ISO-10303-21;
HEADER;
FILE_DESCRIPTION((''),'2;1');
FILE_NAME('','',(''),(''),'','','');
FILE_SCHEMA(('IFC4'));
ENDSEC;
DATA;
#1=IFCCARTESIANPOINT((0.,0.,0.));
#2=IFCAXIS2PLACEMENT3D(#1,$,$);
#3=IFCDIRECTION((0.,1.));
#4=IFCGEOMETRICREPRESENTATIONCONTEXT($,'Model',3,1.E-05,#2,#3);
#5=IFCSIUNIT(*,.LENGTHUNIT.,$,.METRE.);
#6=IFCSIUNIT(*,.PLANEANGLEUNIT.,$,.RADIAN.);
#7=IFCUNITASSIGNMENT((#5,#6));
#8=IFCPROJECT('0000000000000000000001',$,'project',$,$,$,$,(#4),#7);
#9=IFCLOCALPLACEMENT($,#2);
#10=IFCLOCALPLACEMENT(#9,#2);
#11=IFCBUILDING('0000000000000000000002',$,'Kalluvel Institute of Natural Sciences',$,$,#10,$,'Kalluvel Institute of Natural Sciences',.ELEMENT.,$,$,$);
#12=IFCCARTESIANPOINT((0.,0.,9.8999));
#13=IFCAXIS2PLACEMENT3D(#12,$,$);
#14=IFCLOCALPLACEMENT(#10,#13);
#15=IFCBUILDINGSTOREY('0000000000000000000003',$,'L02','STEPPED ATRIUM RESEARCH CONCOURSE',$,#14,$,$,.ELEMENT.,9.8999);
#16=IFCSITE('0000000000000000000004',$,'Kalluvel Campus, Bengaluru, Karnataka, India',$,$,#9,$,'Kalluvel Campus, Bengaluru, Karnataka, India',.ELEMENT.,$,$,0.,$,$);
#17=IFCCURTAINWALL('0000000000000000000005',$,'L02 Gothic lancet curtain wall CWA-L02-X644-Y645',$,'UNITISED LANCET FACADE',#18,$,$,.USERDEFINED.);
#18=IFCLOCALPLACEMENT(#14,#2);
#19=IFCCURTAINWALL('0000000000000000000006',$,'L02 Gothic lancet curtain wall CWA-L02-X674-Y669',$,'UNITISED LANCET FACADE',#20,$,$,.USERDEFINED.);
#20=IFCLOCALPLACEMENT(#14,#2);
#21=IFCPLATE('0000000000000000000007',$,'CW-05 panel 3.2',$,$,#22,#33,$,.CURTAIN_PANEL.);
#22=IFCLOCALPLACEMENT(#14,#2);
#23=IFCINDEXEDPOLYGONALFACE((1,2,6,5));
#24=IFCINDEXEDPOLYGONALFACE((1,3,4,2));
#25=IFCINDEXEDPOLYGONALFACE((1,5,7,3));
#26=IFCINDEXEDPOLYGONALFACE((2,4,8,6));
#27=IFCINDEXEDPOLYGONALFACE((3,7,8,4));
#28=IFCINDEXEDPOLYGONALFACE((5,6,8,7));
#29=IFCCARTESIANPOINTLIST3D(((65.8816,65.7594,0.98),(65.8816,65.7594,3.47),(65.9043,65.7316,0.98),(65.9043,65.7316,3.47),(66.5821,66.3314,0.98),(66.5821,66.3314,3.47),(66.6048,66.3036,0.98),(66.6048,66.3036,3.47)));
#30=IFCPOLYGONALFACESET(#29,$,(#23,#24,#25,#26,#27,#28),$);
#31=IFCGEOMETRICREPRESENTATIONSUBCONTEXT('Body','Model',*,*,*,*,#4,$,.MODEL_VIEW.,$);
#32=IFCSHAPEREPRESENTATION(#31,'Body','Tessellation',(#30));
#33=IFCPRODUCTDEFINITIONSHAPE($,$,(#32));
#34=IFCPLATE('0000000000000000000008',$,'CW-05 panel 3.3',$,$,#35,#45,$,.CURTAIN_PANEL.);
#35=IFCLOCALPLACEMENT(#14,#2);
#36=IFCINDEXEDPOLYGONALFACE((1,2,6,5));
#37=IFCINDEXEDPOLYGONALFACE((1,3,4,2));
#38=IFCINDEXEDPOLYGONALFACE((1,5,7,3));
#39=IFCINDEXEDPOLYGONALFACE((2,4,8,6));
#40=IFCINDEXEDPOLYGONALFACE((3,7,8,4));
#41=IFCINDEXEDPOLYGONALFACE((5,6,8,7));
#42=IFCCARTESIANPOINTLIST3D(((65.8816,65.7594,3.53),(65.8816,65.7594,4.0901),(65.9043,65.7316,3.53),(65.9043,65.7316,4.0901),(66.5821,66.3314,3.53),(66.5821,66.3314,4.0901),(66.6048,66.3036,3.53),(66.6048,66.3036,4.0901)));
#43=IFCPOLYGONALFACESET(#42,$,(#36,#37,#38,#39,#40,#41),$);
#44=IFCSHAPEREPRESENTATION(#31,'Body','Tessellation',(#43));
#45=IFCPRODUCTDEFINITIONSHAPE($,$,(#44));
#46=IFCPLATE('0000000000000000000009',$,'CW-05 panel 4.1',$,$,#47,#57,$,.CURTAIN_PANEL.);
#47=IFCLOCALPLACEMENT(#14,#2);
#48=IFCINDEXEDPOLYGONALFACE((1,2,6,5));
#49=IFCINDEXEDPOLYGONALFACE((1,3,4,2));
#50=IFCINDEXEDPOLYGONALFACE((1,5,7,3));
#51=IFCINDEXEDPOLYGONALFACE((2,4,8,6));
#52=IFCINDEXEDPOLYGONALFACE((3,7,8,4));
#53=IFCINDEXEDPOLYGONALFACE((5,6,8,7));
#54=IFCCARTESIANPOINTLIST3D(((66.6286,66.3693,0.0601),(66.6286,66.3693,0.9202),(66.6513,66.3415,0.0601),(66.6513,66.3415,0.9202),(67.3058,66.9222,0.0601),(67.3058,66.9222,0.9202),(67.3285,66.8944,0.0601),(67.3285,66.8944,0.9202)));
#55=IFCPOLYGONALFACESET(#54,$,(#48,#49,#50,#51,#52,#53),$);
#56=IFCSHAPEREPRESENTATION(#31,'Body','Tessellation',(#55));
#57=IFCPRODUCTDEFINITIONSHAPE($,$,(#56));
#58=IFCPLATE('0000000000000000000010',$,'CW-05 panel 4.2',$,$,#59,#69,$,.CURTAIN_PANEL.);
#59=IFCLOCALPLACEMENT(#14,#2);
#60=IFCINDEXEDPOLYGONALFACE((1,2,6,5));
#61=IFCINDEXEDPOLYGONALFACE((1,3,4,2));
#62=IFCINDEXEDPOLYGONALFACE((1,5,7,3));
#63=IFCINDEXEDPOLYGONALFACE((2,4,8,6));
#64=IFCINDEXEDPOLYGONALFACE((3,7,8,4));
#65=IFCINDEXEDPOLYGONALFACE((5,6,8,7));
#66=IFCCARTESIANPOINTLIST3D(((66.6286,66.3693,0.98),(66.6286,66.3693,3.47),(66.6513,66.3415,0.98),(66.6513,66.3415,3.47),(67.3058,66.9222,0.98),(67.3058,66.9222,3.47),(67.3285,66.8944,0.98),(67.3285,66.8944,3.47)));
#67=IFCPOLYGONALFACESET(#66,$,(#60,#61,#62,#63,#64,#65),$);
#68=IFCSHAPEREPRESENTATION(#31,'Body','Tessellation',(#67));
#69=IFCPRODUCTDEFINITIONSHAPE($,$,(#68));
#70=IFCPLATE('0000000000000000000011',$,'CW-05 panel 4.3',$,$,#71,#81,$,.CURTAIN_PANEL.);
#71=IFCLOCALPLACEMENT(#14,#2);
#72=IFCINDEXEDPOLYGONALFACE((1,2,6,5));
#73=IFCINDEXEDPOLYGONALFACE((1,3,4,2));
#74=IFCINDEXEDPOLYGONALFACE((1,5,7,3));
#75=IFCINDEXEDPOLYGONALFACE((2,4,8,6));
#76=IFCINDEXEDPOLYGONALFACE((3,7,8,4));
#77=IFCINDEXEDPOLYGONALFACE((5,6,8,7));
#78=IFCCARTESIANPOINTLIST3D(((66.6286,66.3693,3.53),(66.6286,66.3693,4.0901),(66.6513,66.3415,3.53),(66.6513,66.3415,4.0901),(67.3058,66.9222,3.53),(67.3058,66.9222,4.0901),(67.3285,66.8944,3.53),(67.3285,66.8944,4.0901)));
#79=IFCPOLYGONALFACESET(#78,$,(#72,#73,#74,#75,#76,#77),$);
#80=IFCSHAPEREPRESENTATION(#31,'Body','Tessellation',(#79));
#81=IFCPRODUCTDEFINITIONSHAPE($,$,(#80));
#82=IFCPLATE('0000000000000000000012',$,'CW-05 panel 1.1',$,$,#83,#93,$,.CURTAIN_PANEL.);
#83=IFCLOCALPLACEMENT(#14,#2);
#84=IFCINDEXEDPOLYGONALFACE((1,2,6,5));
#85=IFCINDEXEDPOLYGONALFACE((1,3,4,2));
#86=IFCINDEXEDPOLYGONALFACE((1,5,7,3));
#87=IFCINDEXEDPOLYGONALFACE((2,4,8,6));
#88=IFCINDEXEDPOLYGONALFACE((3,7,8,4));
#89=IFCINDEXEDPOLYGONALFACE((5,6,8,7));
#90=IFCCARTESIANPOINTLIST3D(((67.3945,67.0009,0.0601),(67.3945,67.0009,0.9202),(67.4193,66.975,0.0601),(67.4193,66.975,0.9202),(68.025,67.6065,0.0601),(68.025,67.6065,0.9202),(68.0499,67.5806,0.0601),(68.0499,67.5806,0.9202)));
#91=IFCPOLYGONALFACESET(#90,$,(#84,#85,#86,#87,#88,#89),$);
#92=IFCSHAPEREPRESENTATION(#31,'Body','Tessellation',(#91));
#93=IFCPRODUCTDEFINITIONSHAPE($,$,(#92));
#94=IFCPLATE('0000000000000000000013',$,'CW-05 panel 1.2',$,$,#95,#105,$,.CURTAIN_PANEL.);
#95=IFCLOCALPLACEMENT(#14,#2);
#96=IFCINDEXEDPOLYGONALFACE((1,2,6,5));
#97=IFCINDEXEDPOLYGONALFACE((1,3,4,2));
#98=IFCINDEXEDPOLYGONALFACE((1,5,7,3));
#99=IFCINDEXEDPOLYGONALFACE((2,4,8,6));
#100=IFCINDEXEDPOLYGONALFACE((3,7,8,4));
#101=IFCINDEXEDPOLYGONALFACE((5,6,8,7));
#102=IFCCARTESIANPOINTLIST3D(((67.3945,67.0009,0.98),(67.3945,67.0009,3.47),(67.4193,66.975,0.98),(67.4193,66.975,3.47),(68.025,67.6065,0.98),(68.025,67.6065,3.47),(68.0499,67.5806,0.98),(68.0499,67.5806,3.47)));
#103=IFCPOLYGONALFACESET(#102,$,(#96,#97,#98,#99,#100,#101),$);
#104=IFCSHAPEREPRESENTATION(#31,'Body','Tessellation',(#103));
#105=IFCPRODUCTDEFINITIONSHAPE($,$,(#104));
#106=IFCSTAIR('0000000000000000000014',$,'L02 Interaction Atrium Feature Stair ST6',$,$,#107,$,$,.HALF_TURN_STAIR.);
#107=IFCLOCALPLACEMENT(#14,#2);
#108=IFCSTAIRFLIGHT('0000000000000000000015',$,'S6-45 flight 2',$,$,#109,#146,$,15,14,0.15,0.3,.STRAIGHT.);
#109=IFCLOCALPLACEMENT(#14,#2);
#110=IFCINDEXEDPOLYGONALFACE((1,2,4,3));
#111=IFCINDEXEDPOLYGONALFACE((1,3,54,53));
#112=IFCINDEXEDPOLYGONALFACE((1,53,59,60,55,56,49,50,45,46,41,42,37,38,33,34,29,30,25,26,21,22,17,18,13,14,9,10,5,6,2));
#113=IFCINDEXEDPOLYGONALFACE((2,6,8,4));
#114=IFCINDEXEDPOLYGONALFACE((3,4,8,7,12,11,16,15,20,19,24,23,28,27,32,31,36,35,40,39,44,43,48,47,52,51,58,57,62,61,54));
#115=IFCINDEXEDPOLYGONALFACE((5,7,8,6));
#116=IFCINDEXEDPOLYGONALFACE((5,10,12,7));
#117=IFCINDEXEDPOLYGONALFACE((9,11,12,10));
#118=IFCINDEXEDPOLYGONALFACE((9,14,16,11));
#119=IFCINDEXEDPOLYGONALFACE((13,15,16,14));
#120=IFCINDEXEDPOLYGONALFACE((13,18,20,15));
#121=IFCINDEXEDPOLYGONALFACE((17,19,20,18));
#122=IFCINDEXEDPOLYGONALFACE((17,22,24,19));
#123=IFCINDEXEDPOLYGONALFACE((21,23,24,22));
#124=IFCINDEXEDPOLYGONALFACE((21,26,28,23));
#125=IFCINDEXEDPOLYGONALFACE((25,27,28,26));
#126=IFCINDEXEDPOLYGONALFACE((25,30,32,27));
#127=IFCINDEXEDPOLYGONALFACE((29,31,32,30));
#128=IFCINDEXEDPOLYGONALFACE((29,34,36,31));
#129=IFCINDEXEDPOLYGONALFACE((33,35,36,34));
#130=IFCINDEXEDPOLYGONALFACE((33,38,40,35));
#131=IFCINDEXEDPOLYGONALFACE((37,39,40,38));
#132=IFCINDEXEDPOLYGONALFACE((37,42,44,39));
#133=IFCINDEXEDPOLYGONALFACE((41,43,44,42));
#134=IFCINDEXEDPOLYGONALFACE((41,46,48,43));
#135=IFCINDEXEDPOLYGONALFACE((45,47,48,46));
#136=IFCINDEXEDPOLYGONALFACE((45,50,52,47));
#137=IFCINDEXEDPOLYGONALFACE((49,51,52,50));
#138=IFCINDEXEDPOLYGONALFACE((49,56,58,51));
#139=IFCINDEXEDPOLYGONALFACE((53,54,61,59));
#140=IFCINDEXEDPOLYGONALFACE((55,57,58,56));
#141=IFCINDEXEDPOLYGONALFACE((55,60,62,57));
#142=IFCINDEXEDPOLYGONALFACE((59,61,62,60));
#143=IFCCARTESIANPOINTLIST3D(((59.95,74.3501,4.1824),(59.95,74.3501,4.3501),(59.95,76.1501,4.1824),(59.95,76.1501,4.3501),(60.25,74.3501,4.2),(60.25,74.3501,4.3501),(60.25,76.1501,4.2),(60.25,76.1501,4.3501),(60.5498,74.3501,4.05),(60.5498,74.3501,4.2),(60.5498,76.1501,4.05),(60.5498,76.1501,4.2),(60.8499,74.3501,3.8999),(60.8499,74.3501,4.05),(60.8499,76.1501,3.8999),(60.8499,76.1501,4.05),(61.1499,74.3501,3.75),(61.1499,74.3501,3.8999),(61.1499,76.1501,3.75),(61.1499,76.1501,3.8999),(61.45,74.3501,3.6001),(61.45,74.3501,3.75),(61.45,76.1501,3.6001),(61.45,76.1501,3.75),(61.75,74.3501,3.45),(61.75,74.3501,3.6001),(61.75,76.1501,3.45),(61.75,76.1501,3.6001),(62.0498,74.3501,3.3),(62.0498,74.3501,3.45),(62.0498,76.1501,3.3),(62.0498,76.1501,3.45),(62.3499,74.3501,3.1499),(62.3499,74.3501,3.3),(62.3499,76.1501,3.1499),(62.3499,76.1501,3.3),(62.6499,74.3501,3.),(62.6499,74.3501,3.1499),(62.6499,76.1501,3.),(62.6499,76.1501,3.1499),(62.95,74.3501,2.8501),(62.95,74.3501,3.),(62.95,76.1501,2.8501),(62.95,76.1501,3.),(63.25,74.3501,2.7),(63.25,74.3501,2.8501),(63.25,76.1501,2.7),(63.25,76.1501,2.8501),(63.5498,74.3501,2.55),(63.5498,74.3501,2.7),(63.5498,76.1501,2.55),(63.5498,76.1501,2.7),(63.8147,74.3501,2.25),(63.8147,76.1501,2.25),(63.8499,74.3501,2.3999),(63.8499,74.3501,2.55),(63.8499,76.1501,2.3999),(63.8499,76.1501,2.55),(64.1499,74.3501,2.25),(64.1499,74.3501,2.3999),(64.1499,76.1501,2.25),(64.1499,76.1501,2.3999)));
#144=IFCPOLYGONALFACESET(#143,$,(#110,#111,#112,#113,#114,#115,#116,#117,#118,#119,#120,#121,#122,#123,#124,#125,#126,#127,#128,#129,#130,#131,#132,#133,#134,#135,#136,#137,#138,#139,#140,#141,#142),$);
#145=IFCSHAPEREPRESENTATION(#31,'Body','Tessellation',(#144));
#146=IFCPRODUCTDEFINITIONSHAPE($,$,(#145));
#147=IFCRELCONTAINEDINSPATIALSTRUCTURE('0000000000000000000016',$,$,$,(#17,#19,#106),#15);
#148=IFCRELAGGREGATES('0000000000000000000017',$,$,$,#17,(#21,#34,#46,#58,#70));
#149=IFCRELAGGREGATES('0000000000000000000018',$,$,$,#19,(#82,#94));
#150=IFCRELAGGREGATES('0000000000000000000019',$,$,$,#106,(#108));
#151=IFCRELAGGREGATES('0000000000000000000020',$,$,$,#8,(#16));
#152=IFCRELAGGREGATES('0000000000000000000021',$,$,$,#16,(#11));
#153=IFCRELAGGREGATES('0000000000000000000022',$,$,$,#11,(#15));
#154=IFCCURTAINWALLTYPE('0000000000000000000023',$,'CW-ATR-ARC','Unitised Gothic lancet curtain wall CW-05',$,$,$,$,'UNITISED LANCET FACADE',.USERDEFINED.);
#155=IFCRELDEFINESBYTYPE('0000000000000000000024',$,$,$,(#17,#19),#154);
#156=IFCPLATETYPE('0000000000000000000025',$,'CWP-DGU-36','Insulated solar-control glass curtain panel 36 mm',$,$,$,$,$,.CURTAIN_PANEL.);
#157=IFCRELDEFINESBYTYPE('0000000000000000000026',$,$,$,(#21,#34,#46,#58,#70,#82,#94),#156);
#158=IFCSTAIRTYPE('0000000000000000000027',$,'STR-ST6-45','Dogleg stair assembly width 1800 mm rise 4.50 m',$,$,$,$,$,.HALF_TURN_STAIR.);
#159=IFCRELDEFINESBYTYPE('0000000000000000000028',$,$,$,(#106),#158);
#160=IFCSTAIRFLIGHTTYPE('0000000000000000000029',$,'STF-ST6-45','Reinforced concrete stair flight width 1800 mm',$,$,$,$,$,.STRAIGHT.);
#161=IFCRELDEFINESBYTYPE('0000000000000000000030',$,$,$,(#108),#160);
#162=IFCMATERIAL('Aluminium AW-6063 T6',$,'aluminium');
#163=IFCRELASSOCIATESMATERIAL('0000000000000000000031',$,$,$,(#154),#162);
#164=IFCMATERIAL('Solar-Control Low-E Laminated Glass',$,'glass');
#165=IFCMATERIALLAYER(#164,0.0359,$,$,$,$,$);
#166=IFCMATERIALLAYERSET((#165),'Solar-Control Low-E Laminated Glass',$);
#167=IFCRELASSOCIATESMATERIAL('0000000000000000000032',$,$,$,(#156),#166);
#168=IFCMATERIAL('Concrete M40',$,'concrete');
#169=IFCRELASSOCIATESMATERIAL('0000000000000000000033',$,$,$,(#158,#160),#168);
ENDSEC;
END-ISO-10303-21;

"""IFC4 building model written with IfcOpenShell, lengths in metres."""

from ifc_helpers import new_model, si_unit, direction, frame, origin, origin_2d, place, context, subcontext, project, spatial, polyline, rectangle, outline, extrude, material, layer, layer_set, type_object, element, aggregate, save


model = new_model("IFC4")

# Units and contexts
model_context = context("Model", 3, precision=1e-05, world=origin(), true_north=direction((0.0, 1.0)))
body_context = subcontext(model_context, "Body", "Model", "MODEL_VIEW")
ifc_project = project(units=[si_unit("LENGTHUNIT", "METRE"), si_unit("PLANEANGLEUNIT", "RADIAN")], contexts=[model_context])

# Site, building, storey
site_placement = place(None, origin())
site = spatial("IfcSite", under=ifc_project, at=site_placement, Name="Kalluvel Campus, Bengaluru, Karnataka, India", LongName="Kalluvel Campus, Bengaluru, Karnataka, India", CompositionType="ELEMENT", RefElevation=0.0)
building_placement = place(site_placement, origin())
building = spatial("IfcBuilding", under=site, at=building_placement, Name="Kalluvel Institute of Natural Sciences", LongName="Kalluvel Institute of Natural Sciences", CompositionType="ELEMENT")
storey_placement = place(building_placement, frame((0.0, 0.0, 9.8999)))
storey = spatial("IfcBuildingStorey", under=building, at=storey_placement, Name="L02", Description="STEPPED ATRIUM RESEARCH CONCOURSE", CompositionType="ELEMENT", Elevation=9.8999)

# Shared definitions
ifc_material_1 = material(Name="Concrete M40", Category="concrete")

# Curtain wall
ifc_material_2 = material(Name="Aluminium AW-6063 T6", Category="aluminium")
curtain_wall_type = type_object("IfcCurtainWallType", Name="CW-ATR-ARC", Description="Unitised Gothic lancet curtain wall CW-05", ElementType="UNITISED LANCET FACADE", PredefinedType="USERDEFINED", material=ifc_material_2)
curtain_wall_1_placement = place(storey_placement, origin())
curtain_wall_1 = element("IfcCurtainWall", 1, at=curtain_wall_1_placement, inside=storey, type_object=curtain_wall_type, Name="L02 Gothic lancet curtain wall CWA-L02-X644-Y645", ObjectType="UNITISED LANCET FACADE", PredefinedType="USERDEFINED")

# Curtain wall
curtain_wall_2_placement = place(storey_placement, origin())
curtain_wall_2 = element("IfcCurtainWall", 2, at=curtain_wall_2_placement, inside=storey, type_object=curtain_wall_type, Name="L02 Gothic lancet curtain wall CWA-L02-X674-Y669", ObjectType="UNITISED LANCET FACADE", PredefinedType="USERDEFINED")

# Plates
ifc_material_3 = material(Name="Solar-Control Low-E Laminated Glass", Category="glass")
ifc_layer = layer(ifc_material_3, 0.0359)
ifc_layer_set = layer_set([ifc_layer], Name="Solar-Control Low-E Laminated Glass")
plate_type = type_object("IfcPlateType", Name="CWP-DGU-36", Description="Insulated solar-control glass curtain panel 36 mm", PredefinedType="CURTAIN_PANEL", material=ifc_layer_set)
plate_1_placement = place(storey_placement, frame((66.2432, 66.0315, 0.98), z_axis=(0.0, 0.0, 1.0), x_axis=(0.774608, 0.632441, 0.0)))
plate_1 = element("IfcPlate", 3, at=plate_1_placement, type_object=plate_type, Name="CW-05 panel 3.2", PredefinedType="CURTAIN_PANEL", context=body_context, shape_type="SweptSolid", body=[
    extrude(rectangle(XDim=0.9043, YDim=0.0359, at=origin_2d()), origin(), (0.0, 0.0, 1.0), 2.49),
])
plate_2_placement = place(storey_placement, frame((66.2432, 66.0315, 3.53), z_axis=(0.0, 0.0, 1.0), x_axis=(0.774608, 0.632441, 0.0)))
plate_2 = element("IfcPlate", 4, at=plate_2_placement, type_object=plate_type, Name="CW-05 panel 3.3", PredefinedType="CURTAIN_PANEL", context=body_context, shape_type="SweptSolid", body=[
    extrude(rectangle(XDim=0.9043, YDim=0.0359, at=origin_2d()), origin(), (0.0, 0.0, 1.0), 0.5601),
])
plate_3_placement = place(storey_placement, frame((66.9785, 66.6318, 0.0601), z_axis=(0.0, 0.0, 1.0), x_axis=(0.774608, 0.632441, 0.0)))
plate_3 = element("IfcPlate", 5, at=plate_3_placement, type_object=plate_type, Name="CW-05 panel 4.1", PredefinedType="CURTAIN_PANEL", context=body_context, shape_type="SweptSolid", body=[
    extrude(rectangle(XDim=0.8743, YDim=0.0359, at=origin_2d()), origin(), (0.0, 0.0, 1.0), 0.8601),
])
plate_4_placement = place(storey_placement, frame((66.9785, 66.6318, 0.98), z_axis=(0.0, 0.0, 1.0), x_axis=(0.774608, 0.632441, 0.0)))
plate_4 = element("IfcPlate", 6, at=plate_4_placement, type_object=plate_type, Name="CW-05 panel 4.2", PredefinedType="CURTAIN_PANEL", context=body_context, shape_type="SweptSolid", body=[
    extrude(rectangle(XDim=0.8743, YDim=0.0359, at=origin_2d()), origin(), (0.0, 0.0, 1.0), 2.49),
])
plate_5_placement = place(storey_placement, frame((66.9785, 66.6318, 3.53), z_axis=(0.0, 0.0, 1.0), x_axis=(0.774608, 0.632441, 0.0)))
plate_5 = element("IfcPlate", 7, at=plate_5_placement, type_object=plate_type, Name="CW-05 panel 4.3", PredefinedType="CURTAIN_PANEL", context=body_context, shape_type="SweptSolid", body=[
    extrude(rectangle(XDim=0.8743, YDim=0.0359, at=origin_2d()), origin(), (0.0, 0.0, 1.0), 0.5601),
])
aggregate(curtain_wall_1, [plate_1, plate_2, plate_3, plate_4, plate_5])
plate_6_placement = place(storey_placement, frame((67.7222, 67.2908, 0.0601), z_axis=(0.0, 0.0, 1.0), x_axis=(0.721196, 0.692731, 0.0)))
plate_6 = element("IfcPlate", 8, at=plate_6_placement, type_object=plate_type, Name="CW-05 panel 1.1", PredefinedType="CURTAIN_PANEL", context=body_context, shape_type="SweptSolid", body=[
    extrude(rectangle(XDim=0.8743, YDim=0.0359, at=origin_2d()), origin(), (0.0, 0.0, 1.0), 0.8601),
])
plate_7_placement = place(storey_placement, frame((67.7222, 67.2908, 0.98), z_axis=(0.0, 0.0, 1.0), x_axis=(0.721196, 0.692731, 0.0)))
plate_7 = element("IfcPlate", 9, at=plate_7_placement, type_object=plate_type, Name="CW-05 panel 1.2", PredefinedType="CURTAIN_PANEL", context=body_context, shape_type="SweptSolid", body=[
    extrude(rectangle(XDim=0.8743, YDim=0.0359, at=origin_2d()), origin(), (0.0, 0.0, 1.0), 2.49),
])
aggregate(curtain_wall_2, [plate_6, plate_7])

# Stair, stair flight
stair_type = type_object("IfcStairType", Name="STR-ST6-45", Description="Dogleg stair assembly width 1800 mm rise 4.50 m", PredefinedType="HALF_TURN_STAIR", material=ifc_material_1)
stair_placement = place(storey_placement, origin())
stair = element("IfcStair", 10, at=stair_placement, inside=storey, type_object=stair_type, Name="L02 Interaction Atrium Feature Stair ST6", PredefinedType="HALF_TURN_STAIR")
stair_flight_type = type_object("IfcStairFlightType", Name="STF-ST6-45", Description="Reinforced concrete stair flight width 1800 mm", PredefinedType="STRAIGHT", material=ifc_material_1)
stair_flight_placement = place(storey_placement, frame((64.1499, 75.25, 2.25), z_axis=(0.0, 0.0, 1.0), x_axis=(-1.0, 0.0, 0.0)))
stair_flight = element("IfcStairFlight", 11, at=stair_flight_placement, type_object=stair_flight_type, Name="S6-45 flight 2", NumberOfRisers=15, NumberOfTreads=14, PredefinedType="STRAIGHT", RiserHeight=0.15, TreadLength=0.3, context=body_context, shape_type="SweptSolid", body=[
    extrude(outline(polyline([(0.0, 0.0), (0.0, 0.1499), (0.3, 0.1499), (0.3, 0.3), (0.6001, 0.3), (0.6001, 0.45), (0.8999, 0.45), (0.8999, 0.6001), (1.2, 0.6001), (1.2, 0.75), (1.5, 0.75), (1.5, 0.8999), (1.8, 0.8999), (1.8, 1.05), (2.1001, 1.05), (2.1001, 1.2), (2.3999, 1.2), (2.3999, 1.3501), (2.7, 1.3501), (2.7, 1.5), (3.0, 1.5), (3.0, 1.6499), (3.3, 1.6499), (3.3, 1.8), (3.6001, 1.8), (3.6001, 1.95), (3.8999, 1.95), (3.8999, 2.1001), (4.2, 2.1001), (4.2, 2.25), (4.2, 1.9324), (0.3352, 0.0), (0.0, 0.0)])), frame((0.0, 0.8999, 0.0), z_axis=(0.0, -1.0, 0.0), x_axis=(1.0, 0.0, 0.0)), (0.0, 0.0, 1.0), 1.8),
])
aggregate(stair, [stair_flight])

save(model, "model.ifc")
